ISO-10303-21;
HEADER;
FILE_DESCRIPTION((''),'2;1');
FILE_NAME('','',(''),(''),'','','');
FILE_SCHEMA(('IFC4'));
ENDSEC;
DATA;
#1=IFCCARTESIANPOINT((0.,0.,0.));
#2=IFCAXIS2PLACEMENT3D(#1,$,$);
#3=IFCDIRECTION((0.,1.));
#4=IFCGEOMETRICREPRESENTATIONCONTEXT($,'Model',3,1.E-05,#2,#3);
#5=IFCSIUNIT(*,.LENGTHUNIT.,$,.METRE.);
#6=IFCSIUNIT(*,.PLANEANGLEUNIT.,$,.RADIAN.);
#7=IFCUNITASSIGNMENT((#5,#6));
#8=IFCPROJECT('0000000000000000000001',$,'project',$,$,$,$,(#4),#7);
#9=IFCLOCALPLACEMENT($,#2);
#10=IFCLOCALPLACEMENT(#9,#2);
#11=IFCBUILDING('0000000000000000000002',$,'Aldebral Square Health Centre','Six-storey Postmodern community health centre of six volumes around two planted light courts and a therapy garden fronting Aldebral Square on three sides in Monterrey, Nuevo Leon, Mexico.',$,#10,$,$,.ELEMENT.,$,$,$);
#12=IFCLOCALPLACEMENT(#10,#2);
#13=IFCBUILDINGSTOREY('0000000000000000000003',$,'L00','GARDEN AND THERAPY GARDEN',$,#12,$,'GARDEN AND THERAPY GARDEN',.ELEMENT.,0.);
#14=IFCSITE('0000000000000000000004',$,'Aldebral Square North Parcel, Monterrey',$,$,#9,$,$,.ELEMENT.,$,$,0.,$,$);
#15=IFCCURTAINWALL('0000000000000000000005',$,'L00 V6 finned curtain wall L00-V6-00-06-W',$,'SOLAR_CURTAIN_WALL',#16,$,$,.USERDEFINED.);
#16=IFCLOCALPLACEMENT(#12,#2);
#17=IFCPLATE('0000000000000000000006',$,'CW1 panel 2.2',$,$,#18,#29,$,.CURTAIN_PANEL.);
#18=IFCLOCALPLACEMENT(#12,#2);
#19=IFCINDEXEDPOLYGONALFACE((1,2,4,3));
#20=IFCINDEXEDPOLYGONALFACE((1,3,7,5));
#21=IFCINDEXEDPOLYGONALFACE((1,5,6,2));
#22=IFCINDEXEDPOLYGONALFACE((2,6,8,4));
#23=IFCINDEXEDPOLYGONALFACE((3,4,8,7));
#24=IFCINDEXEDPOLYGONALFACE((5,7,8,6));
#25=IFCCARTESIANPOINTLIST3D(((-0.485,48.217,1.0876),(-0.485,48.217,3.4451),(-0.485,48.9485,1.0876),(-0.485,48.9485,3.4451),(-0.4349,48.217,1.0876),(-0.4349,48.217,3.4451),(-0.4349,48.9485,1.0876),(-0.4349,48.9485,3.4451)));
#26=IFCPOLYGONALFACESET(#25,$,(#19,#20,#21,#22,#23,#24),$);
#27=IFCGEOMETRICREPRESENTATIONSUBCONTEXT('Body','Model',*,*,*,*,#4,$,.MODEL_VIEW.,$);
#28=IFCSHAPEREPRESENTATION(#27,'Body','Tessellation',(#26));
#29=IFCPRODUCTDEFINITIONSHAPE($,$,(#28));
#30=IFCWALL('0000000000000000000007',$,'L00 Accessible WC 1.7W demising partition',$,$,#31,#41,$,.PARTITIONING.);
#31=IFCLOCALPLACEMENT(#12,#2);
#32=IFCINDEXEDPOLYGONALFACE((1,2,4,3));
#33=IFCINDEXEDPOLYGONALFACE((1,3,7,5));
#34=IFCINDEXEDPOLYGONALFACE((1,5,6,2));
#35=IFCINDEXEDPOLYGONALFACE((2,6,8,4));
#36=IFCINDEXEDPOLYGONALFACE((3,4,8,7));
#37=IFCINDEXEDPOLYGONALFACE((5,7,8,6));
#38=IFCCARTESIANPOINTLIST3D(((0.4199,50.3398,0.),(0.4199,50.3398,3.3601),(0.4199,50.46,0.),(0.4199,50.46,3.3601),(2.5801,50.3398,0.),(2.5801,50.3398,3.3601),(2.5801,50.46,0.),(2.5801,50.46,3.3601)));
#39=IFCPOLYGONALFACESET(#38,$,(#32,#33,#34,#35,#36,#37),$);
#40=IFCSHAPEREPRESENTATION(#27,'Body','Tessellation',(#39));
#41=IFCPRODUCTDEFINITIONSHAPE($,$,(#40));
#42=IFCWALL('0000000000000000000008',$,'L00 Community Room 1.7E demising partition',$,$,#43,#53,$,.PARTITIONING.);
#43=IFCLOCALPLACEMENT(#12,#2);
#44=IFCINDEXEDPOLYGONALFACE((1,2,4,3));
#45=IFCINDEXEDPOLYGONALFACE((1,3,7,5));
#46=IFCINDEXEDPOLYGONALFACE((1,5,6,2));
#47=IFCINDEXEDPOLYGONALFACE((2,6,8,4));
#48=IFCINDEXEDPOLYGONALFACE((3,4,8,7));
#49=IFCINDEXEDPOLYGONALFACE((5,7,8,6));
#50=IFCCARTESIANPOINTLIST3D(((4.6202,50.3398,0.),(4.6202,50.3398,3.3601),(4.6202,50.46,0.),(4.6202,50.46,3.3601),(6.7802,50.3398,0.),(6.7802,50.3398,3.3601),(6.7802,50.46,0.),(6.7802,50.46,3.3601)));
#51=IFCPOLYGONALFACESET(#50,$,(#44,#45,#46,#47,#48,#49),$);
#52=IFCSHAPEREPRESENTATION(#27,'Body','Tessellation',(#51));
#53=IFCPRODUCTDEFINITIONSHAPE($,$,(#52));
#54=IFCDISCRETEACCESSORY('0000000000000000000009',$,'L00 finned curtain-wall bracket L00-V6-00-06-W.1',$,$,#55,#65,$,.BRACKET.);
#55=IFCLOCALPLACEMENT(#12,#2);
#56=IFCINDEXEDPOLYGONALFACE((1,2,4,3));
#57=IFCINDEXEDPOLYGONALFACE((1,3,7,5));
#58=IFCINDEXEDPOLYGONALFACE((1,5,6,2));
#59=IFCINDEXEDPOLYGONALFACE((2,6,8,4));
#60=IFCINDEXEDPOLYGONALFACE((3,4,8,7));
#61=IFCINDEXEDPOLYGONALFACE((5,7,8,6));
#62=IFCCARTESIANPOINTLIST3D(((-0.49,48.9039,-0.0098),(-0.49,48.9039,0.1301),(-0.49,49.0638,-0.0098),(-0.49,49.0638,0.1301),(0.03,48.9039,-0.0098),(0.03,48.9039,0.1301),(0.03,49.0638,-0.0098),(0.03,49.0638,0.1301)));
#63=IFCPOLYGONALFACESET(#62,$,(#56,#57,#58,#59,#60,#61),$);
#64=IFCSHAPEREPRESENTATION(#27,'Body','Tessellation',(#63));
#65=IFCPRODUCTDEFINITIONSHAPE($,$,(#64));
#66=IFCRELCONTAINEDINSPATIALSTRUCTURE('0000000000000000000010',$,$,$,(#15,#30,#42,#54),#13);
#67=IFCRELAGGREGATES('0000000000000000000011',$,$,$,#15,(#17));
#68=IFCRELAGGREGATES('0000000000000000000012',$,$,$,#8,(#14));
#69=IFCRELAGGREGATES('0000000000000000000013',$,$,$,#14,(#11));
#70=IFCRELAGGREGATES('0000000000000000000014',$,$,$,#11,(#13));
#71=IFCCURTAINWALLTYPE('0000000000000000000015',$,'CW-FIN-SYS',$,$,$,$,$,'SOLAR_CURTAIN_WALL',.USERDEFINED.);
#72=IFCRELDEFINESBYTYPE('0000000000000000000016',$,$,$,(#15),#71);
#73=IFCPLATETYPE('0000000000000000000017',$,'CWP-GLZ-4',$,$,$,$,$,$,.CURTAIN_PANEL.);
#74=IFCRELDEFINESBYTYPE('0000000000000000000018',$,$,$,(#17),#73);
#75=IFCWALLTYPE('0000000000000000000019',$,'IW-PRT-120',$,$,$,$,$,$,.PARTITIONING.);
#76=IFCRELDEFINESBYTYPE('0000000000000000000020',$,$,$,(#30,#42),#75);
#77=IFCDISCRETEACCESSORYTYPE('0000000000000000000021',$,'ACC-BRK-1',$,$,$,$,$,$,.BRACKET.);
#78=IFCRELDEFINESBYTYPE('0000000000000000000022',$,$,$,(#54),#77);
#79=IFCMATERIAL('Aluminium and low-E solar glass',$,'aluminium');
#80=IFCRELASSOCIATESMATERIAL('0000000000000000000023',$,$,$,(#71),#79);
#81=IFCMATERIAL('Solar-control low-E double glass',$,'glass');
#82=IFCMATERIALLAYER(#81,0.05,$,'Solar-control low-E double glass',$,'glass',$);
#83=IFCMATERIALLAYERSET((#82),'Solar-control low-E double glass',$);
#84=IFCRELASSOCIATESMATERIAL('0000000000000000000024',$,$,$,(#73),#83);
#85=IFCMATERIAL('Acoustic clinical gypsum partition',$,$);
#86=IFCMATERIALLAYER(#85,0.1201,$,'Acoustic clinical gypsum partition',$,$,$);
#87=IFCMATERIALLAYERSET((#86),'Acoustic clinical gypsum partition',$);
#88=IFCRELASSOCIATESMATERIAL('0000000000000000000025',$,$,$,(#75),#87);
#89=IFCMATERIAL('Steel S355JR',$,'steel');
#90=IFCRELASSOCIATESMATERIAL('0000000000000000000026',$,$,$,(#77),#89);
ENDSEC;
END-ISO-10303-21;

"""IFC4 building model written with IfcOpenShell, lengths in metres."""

from ifc_helpers import new_model, si_unit, direction, frame, frame_2d, origin, origin_2d, place, context, subcontext, project, spatial, rectangle, extrude, material, layer, layer_set, type_object, element, aggregate, save


model = new_model("IFC4")

# Units and contexts
model_context = context("Model", 3, precision=1e-05, world=origin(), true_north=direction((0.0, 1.0)))
body_context = subcontext(model_context, "Body", "Model", "MODEL_VIEW")
ifc_project = project(units=[si_unit("LENGTHUNIT", "METRE"), si_unit("PLANEANGLEUNIT", "RADIAN")], contexts=[model_context])

# Site, building, storey
site_placement = place(None, origin())
site = spatial("IfcSite", under=ifc_project, at=site_placement, Name="Aldebral Square North Parcel, Monterrey", CompositionType="ELEMENT", RefElevation=0.0)
building_placement = place(site_placement, origin())
building = spatial("IfcBuilding", under=site, at=building_placement, Name="Aldebral Square Health Centre", Description="Six-storey Postmodern community health centre of six volumes around two planted light courts and a therapy garden fronting Aldebral Square on three sides in Monterrey, Nuevo Leon, Mexico.", CompositionType="ELEMENT")
storey_placement = place(building_placement, origin())
storey = spatial("IfcBuildingStorey", under=building, at=storey_placement, Name="L00", Description="GARDEN AND THERAPY GARDEN", LongName="GARDEN AND THERAPY GARDEN", CompositionType="ELEMENT", Elevation=0.0)

# Curtain wall, plate
ifc_material_1 = material(Name="Aluminium and low-E solar glass", Category="aluminium")
curtain_wall_type = type_object("IfcCurtainWallType", Name="CW-FIN-SYS", ElementType="SOLAR_CURTAIN_WALL", PredefinedType="USERDEFINED", material=ifc_material_1)
curtain_wall_placement = place(storey_placement, origin())
curtain_wall = element("IfcCurtainWall", 1, at=curtain_wall_placement, inside=storey, type_object=curtain_wall_type, Name="L00 V6 finned curtain wall L00-V6-00-06-W", ObjectType="SOLAR_CURTAIN_WALL", PredefinedType="USERDEFINED")
ifc_material_2 = material(Name="Solar-control low-E double glass", Category="glass")
ifc_layer_1 = layer(ifc_material_2, 0.05, Name="Solar-control low-E double glass", Category="glass")
ifc_layer_set_1 = layer_set([ifc_layer_1], Name="Solar-control low-E double glass")
plate_type = type_object("IfcPlateType", Name="CWP-GLZ-4", PredefinedType="CURTAIN_PANEL", material=ifc_layer_set_1)
plate_1_placement = place(storey_placement, frame((-0.46, 48.5828, 1.0876), z_axis=(0.0, 0.0, 1.0), x_axis=(0.0, -1.0, 0.0)))
plate_1 = element("IfcPlate", 2, at=plate_1_placement, type_object=plate_type, Name="CW1 panel 2.2", PredefinedType="CURTAIN_PANEL", context=body_context, shape_type="SweptSolid", body=[
    extrude(rectangle(XDim=0.7314, YDim=0.05, at=origin_2d()), origin(), (0.0, 0.0, 1.0), 2.3574),
])
aggregate(curtain_wall, [plate_1])

# Walls
ifc_material_3 = material(Name="Acoustic clinical gypsum partition")
ifc_layer_2 = layer(ifc_material_3, 0.1201, Name="Acoustic clinical gypsum partition")
ifc_layer_set_2 = layer_set([ifc_layer_2], Name="Acoustic clinical gypsum partition")
wall_type = type_object("IfcWallType", Name="IW-PRT-120", PredefinedType="PARTITIONING", material=ifc_layer_set_2)
wall_1_placement = place(storey_placement, frame((0.4199, 50.3999, 0.0), z_axis=(0.0, 0.0, 1.0), x_axis=(1.0, 0.0, 0.0)))
element("IfcWall", 3, at=wall_1_placement, inside=storey, type_object=wall_type, Name="L00 Accessible WC 1.7W demising partition", PredefinedType="PARTITIONING", context=body_context, shape_type="SweptSolid", body=[
    extrude(rectangle(XDim=2.1602, YDim=0.1201, at=frame_2d((1.0801, 0.0))), origin(), (0.0, 0.0, 1.0), 3.3601),
])
wall_2_placement = place(storey_placement, frame((4.6201, 50.3999, 0.0), z_axis=(0.0, 0.0, 1.0), x_axis=(1.0, 0.0, 0.0)))
element("IfcWall", 4, at=wall_2_placement, inside=storey, type_object=wall_type, Name="L00 Community Room 1.7E demising partition", PredefinedType="PARTITIONING", context=body_context, shape_type="SweptSolid", body=[
    extrude(rectangle(XDim=2.1599, YDim=0.1201, at=frame_2d((1.0801, 0.0))), origin(), (0.0, 0.0, 1.0), 3.3601),
])

# Discrete accessory
ifc_material_4 = material(Name="Steel S355JR", Category="steel")
discrete_accessory_type = type_object("IfcDiscreteAccessoryType", Name="ACC-BRK-1", PredefinedType="BRACKET", material=ifc_material_4)
discrete_accessory_placement = place(storey_placement, frame((-0.23, 48.9839, -0.0098), z_axis=(0.0, 0.0, 1.0), x_axis=(0.0, 1.0, 0.0)))
element("IfcDiscreteAccessory", 5, at=discrete_accessory_placement, inside=storey, type_object=discrete_accessory_type, Name="L00 finned curtain-wall bracket L00-V6-00-06-W.1", PredefinedType="BRACKET", context=body_context, shape_type="SweptSolid", body=[
    extrude(rectangle(XDim=0.1599, YDim=0.52, at=origin_2d()), origin(), (0.0, 0.0, 1.0), 0.1399),
])

save(model, "model.ifc")
